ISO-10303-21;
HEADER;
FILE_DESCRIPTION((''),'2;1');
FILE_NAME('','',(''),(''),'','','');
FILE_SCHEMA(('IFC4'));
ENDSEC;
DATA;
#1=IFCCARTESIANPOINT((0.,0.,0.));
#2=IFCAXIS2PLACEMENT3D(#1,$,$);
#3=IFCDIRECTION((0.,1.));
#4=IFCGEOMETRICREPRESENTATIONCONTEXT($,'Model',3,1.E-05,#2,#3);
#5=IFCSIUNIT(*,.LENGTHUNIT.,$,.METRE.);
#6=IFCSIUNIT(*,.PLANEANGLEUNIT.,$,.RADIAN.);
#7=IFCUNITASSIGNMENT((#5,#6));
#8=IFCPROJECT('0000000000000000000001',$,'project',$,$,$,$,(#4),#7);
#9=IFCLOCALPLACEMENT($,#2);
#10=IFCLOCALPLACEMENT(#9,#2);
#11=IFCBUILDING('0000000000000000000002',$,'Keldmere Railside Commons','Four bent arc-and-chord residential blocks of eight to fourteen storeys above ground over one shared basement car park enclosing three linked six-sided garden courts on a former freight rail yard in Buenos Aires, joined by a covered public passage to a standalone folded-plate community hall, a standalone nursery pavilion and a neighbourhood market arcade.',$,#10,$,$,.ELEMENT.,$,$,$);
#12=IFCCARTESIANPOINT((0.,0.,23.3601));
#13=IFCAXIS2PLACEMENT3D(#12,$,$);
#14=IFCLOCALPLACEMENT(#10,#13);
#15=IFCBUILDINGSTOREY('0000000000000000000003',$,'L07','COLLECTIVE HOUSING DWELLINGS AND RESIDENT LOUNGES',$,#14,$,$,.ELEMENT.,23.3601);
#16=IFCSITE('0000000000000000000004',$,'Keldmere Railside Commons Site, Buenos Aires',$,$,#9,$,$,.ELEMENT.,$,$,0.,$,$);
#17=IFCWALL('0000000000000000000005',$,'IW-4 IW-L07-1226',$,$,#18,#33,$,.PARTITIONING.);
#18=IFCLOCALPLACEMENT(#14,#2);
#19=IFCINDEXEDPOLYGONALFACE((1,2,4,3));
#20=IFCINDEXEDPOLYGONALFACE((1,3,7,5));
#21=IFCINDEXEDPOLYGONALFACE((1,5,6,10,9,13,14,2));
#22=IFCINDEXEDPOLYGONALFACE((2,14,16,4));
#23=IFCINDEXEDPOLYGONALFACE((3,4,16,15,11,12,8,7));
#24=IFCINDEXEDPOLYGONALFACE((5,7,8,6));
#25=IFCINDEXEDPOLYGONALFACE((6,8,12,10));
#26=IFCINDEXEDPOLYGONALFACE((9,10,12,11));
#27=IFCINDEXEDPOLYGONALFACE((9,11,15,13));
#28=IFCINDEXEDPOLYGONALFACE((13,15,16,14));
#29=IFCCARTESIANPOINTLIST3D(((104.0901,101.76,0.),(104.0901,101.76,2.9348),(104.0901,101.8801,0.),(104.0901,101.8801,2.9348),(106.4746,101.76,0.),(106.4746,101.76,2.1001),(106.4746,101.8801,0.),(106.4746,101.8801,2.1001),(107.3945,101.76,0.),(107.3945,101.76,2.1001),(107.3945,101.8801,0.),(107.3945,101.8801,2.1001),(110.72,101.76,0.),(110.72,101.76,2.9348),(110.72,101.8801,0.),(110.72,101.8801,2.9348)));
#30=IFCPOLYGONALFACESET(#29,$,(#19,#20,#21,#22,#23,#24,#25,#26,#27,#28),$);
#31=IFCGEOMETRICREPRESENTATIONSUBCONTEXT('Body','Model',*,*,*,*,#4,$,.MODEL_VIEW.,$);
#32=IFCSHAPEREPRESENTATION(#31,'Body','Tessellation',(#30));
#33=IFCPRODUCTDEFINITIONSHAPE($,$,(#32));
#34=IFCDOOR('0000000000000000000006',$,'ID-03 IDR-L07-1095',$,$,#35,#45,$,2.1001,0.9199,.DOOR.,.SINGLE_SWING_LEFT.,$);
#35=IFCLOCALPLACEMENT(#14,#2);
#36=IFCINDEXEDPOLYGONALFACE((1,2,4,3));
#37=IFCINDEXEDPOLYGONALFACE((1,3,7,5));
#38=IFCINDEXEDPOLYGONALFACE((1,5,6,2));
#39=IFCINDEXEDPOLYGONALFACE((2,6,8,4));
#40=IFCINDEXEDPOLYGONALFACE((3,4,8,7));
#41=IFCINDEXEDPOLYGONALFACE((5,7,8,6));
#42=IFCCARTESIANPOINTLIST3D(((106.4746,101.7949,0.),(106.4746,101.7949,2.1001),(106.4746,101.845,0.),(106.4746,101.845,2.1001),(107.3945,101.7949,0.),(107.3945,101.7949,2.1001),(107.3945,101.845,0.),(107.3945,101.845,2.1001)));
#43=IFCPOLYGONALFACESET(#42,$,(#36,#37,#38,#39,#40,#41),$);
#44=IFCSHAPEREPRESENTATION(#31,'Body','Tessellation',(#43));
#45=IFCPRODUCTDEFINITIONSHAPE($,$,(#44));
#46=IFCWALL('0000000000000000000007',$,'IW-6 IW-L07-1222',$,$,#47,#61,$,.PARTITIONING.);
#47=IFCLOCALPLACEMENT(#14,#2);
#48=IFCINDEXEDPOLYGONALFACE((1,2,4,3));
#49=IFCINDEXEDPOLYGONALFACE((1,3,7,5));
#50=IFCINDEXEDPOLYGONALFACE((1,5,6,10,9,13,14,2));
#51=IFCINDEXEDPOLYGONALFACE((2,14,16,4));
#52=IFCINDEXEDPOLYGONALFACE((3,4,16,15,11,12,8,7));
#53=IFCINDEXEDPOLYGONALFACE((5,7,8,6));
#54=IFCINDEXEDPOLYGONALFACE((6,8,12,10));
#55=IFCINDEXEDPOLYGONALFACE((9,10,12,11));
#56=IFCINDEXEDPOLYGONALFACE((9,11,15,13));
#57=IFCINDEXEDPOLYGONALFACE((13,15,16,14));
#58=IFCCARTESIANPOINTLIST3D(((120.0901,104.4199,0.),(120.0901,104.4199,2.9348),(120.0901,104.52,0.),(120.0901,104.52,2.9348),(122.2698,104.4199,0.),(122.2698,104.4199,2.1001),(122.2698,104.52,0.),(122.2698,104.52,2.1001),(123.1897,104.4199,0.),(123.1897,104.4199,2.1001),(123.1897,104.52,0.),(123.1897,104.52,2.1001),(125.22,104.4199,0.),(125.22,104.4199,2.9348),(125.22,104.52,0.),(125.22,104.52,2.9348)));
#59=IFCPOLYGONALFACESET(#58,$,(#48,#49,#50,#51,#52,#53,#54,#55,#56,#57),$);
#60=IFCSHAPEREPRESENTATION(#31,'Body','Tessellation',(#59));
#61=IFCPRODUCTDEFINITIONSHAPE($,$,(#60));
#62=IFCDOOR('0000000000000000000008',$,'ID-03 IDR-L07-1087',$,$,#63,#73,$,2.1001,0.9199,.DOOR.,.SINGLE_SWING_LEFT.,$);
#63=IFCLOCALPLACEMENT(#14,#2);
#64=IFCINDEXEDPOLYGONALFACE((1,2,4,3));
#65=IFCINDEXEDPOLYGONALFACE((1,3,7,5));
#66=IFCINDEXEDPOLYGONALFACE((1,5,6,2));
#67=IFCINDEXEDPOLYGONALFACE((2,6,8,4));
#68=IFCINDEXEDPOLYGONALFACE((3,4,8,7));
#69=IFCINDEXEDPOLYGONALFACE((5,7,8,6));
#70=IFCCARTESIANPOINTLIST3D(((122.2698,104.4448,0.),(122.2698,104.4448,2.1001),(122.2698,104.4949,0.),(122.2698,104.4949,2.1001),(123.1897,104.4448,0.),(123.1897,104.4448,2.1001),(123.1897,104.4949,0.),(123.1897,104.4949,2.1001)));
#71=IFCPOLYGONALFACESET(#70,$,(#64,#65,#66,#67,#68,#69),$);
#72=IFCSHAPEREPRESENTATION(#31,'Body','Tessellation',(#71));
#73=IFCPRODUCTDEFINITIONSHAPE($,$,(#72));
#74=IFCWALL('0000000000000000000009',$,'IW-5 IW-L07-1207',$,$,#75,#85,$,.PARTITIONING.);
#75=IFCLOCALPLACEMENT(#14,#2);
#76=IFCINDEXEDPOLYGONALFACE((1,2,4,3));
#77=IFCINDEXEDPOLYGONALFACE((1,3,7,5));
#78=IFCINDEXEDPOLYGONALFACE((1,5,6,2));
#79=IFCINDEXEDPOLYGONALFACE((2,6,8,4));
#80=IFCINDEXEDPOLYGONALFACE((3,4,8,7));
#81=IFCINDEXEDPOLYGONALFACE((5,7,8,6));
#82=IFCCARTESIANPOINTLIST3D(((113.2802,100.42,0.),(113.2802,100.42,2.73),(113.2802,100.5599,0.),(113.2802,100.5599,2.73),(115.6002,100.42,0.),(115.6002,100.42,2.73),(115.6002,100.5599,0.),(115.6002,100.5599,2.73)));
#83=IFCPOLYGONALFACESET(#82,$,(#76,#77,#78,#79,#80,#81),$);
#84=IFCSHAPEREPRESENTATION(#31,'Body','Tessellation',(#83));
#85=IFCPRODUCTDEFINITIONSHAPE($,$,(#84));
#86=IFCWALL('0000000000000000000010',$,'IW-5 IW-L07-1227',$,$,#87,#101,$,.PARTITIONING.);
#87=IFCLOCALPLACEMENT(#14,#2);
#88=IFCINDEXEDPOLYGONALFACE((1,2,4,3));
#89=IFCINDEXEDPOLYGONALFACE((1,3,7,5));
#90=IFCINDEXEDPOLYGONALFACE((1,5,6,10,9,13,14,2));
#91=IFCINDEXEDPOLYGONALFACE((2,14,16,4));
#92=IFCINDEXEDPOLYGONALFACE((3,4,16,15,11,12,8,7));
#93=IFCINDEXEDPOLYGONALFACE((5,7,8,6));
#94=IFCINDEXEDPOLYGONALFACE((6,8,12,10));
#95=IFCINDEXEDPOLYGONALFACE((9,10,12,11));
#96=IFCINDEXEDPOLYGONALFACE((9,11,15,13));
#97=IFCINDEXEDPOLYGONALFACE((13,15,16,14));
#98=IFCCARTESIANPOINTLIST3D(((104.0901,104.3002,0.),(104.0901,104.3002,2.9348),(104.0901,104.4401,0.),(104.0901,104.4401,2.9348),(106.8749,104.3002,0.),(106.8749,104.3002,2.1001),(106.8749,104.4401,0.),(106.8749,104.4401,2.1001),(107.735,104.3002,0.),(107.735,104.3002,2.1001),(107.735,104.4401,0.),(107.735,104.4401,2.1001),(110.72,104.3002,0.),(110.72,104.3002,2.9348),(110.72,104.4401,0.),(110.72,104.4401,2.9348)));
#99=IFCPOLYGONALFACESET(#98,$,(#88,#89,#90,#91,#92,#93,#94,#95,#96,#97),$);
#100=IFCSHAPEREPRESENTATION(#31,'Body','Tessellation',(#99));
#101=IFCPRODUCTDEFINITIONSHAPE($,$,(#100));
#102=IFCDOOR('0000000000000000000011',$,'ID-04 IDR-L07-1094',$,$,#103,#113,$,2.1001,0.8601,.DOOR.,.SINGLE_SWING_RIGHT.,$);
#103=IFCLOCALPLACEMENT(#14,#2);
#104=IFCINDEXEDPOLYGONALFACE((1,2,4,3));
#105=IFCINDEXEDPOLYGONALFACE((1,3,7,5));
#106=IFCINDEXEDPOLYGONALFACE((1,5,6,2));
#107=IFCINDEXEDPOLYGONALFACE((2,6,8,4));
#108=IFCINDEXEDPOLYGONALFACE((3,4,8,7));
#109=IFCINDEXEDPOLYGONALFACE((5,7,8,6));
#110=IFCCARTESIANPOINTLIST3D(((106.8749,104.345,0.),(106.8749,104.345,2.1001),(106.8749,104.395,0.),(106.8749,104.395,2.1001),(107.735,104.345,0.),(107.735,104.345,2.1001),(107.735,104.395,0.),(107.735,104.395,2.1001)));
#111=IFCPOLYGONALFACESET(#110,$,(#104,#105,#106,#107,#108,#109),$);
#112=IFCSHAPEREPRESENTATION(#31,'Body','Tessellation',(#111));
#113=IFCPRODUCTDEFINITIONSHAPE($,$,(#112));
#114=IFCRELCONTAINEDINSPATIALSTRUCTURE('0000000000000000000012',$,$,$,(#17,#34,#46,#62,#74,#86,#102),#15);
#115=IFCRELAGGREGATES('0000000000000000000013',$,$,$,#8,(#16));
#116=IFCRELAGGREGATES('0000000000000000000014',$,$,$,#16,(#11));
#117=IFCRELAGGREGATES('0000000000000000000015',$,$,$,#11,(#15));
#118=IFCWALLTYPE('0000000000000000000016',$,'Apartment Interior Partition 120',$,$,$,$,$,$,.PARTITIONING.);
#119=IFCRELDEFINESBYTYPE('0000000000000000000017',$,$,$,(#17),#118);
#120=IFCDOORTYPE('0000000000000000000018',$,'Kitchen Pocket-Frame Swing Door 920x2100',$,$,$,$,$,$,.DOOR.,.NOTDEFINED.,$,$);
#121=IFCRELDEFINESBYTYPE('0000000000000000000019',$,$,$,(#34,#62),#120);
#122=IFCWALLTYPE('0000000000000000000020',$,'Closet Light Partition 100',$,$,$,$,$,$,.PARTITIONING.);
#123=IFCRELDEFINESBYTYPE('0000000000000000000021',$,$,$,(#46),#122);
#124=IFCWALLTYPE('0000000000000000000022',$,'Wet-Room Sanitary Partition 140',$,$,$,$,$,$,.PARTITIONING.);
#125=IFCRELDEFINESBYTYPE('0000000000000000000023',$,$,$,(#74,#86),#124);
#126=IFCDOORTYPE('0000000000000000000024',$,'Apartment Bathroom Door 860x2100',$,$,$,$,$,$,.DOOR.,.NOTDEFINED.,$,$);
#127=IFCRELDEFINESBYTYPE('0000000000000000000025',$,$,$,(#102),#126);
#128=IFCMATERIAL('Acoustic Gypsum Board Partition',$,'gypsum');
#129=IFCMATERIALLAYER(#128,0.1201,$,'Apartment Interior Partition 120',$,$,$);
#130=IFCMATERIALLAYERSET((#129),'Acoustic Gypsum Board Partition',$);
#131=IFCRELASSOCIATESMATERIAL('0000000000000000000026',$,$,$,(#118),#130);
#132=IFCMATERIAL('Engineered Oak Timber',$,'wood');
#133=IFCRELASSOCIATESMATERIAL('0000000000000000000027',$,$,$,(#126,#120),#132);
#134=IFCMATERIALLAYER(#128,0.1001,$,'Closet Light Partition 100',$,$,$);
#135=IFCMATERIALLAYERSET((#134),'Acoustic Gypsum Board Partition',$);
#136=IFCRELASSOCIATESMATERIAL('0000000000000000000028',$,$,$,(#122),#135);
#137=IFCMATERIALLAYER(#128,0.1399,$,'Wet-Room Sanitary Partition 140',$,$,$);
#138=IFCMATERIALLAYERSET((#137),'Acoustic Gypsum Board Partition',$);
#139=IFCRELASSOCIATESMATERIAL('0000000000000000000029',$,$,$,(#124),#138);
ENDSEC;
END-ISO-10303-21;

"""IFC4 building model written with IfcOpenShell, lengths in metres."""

from ifc_helpers import new_model, si_unit, direction, frame, frame_2d, origin, place, context, subcontext, project, spatial, rectangle, extrude, material, layer, layer_set, type_object, element, fill, save


model = new_model("IFC4")

# Units and contexts
model_context = context("Model", 3, precision=1e-05, world=origin(), true_north=direction((0.0, 1.0)))
body_context = subcontext(model_context, "Body", "Model", "MODEL_VIEW")
ifc_project = project(units=[si_unit("LENGTHUNIT", "METRE"), si_unit("PLANEANGLEUNIT", "RADIAN")], contexts=[model_context])

# Site, building, storey
site_placement = place(None, origin())
site = spatial("IfcSite", under=ifc_project, at=site_placement, Name="Keldmere Railside Commons Site, Buenos Aires", CompositionType="ELEMENT", RefElevation=0.0)
building_placement = place(site_placement, origin())
building = spatial("IfcBuilding", under=site, at=building_placement, Name="Keldmere Railside Commons", Description="Four bent arc-and-chord residential blocks of eight to fourteen storeys above ground over one shared basement car park enclosing three linked six-sided garden courts on a former freight rail yard in Buenos Aires, joined by a covered public passage to a standalone folded-plate community hall, a standalone nursery pavilion and a neighbourhood market arcade.", CompositionType="ELEMENT")
storey_placement = place(building_placement, frame((0.0, 0.0, 23.3601)))
storey = spatial("IfcBuildingStorey", under=building, at=storey_placement, Name="L07", Description="COLLECTIVE HOUSING DWELLINGS AND RESIDENT LOUNGES", CompositionType="ELEMENT", Elevation=23.3601)

# Shared definitions
ifc_material_1 = material(Name="Acoustic Gypsum Board Partition", Category="gypsum")

# Shared definitions
ifc_layer_1 = layer(ifc_material_1, 0.1201, Name="Apartment Interior Partition 120")
ifc_layer_set_1 = layer_set([ifc_layer_1], Name="Acoustic Gypsum Board Partition")
wall_type_1 = type_object("IfcWallType", Name="Apartment Interior Partition 120", PredefinedType="PARTITIONING", material=ifc_layer_set_1)
ifc_material_2 = material(Name="Engineered Oak Timber", Category="wood")
door_type_1 = type_object("IfcDoorType", Name="Apartment Bathroom Door 860x2100", OperationType="NOTDEFINED", PredefinedType="DOOR", material=ifc_material_2)
door_type_2 = type_object("IfcDoorType", Name="Kitchen Pocket-Frame Swing Door 920x2100", OperationType="NOTDEFINED", PredefinedType="DOOR", material=ifc_material_2)

# Walls, openings, doors
wall_1_placement = place(storey_placement, frame((104.0901, 101.8201, 0.0), z_axis=(0.0, 0.0, 1.0), x_axis=(1.0, 0.0, 0.0)))
wall_1 = element("IfcWall", 1, at=wall_1_placement, inside=storey, type_object=wall_type_1, Name="IW-4 IW-L07-1226", PredefinedType="PARTITIONING", context=body_context, shape_type="SweptSolid", body=[
    extrude(rectangle(XDim=6.6299, YDim=0.1201, at=frame_2d((3.3149, 0.0))), origin(), (0.0, 0.0, 1.0), 2.9348),
])
opening_1_placement = place(wall_1_placement, frame((2.3845, 0.0, 0.0)))
opening_1 = element("IfcOpeningElement", 2, at=opening_1_placement, cuts=wall_1, PredefinedType="OPENING", context=body_context, shape_type="SweptSolid", body=[
    extrude(rectangle(XDim=0.9199, YDim=2.1001, at=frame_2d((0.46, 1.05))), frame((0.0, 0.0701, 0.0), z_axis=(0.0, -1.0, 0.0), x_axis=(1.0, 0.0, 0.0)), (0.0, 0.0, 1.0), 0.1401),
])
door_1_placement = place(opening_1_placement, origin())
door_1 = element("IfcDoor", 3, at=door_1_placement, inside=storey, type_object=door_type_2, Name="ID-03 IDR-L07-1095", OperationType="SINGLE_SWING_LEFT", OverallHeight=2.1001, OverallWidth=0.9199, PredefinedType="DOOR", context=body_context, shape_type="SweptSolid", body=[
    extrude(rectangle(XDim=0.9199, YDim=2.1001, at=frame_2d((0.46, 1.05))), frame((0.0, 0.0249, 0.0), z_axis=(0.0, -1.0, 0.0), x_axis=(1.0, 0.0, 0.0)), (0.0, 0.0, 1.0), 0.05),
])
fill(opening_1, door_1)
ifc_layer_2 = layer(ifc_material_1, 0.1001, Name="Closet Light Partition 100")
ifc_layer_set_2 = layer_set([ifc_layer_2], Name="Acoustic Gypsum Board Partition")
wall_type_2 = type_object("IfcWallType", Name="Closet Light Partition 100", PredefinedType="PARTITIONING", material=ifc_layer_set_2)
wall_2_placement = place(storey_placement, frame((120.0901, 104.47, 0.0), z_axis=(0.0, 0.0, 1.0), x_axis=(1.0, 0.0, 0.0)))
wall_2 = element("IfcWall", 4, at=wall_2_placement, inside=storey, type_object=wall_type_2, Name="IW-6 IW-L07-1222", PredefinedType="PARTITIONING", context=body_context, shape_type="SweptSolid", body=[
    extrude(rectangle(XDim=5.1299, YDim=0.1001, at=frame_2d((2.5649, 0.0))), origin(), (0.0, 0.0, 1.0), 2.9348),
])
opening_2_placement = place(wall_2_placement, frame((2.1797, 0.0, 0.0)))
opening_2 = element("IfcOpeningElement", 5, at=opening_2_placement, cuts=wall_2, PredefinedType="OPENING", context=body_context, shape_type="SweptSolid", body=[
    extrude(rectangle(XDim=0.9199, YDim=2.1001, at=frame_2d((0.46, 1.05))), frame((0.0, 0.0601, 0.0), z_axis=(0.0, -1.0, 0.0), x_axis=(1.0, 0.0, 0.0)), (0.0, 0.0, 1.0), 0.1201),
])
door_2_placement = place(opening_2_placement, origin())
door_2 = element("IfcDoor", 6, at=door_2_placement, inside=storey, type_object=door_type_2, Name="ID-03 IDR-L07-1087", OperationType="SINGLE_SWING_LEFT", OverallHeight=2.1001, OverallWidth=0.9199, PredefinedType="DOOR", context=body_context, shape_type="SweptSolid", body=[
    extrude(rectangle(XDim=0.9199, YDim=2.1001, at=frame_2d((0.46, 1.05))), frame((0.0, 0.0249, 0.0), z_axis=(0.0, -1.0, 0.0), x_axis=(1.0, 0.0, 0.0)), (0.0, 0.0, 1.0), 0.05),
])
fill(opening_2, door_2)

# Wall
ifc_layer_3 = layer(ifc_material_1, 0.1399, Name="Wet-Room Sanitary Partition 140")
ifc_layer_set_3 = layer_set([ifc_layer_3], Name="Acoustic Gypsum Board Partition")
wall_type_3 = type_object("IfcWallType", Name="Wet-Room Sanitary Partition 140", PredefinedType="PARTITIONING", material=ifc_layer_set_3)
wall_3_placement = place(storey_placement, frame((113.28, 100.49, 0.0), z_axis=(0.0, 0.0, 1.0), x_axis=(1.0, 0.0, 0.0)))
element("IfcWall", 7, at=wall_3_placement, inside=storey, type_object=wall_type_3, Name="IW-5 IW-L07-1207", PredefinedType="PARTITIONING", context=body_context, shape_type="SweptSolid", body=[
    extrude(rectangle(XDim=2.3201, YDim=0.1399, at=frame_2d((1.1602, 0.0))), origin(), (0.0, 0.0, 1.0), 2.73),
])

# Wall, opening, door
wall_4_placement = place(storey_placement, frame((104.0901, 104.3701, 0.0), z_axis=(0.0, 0.0, 1.0), x_axis=(1.0, 0.0, 0.0)))
wall_4 = element("IfcWall", 8, at=wall_4_placement, inside=storey, type_object=wall_type_3, Name="IW-5 IW-L07-1227", PredefinedType="PARTITIONING", context=body_context, shape_type="SweptSolid", body=[
    extrude(rectangle(XDim=6.6299, YDim=0.1399, at=frame_2d((3.3149, 0.0))), origin(), (0.0, 0.0, 1.0), 2.9348),
])
opening_3_placement = place(wall_4_placement, frame((2.7847, 0.0, 0.0)))
opening_3 = element("IfcOpeningElement", 9, at=opening_3_placement, cuts=wall_4, PredefinedType="OPENING", context=body_context, shape_type="SweptSolid", body=[
    extrude(rectangle(XDim=0.8601, YDim=2.1001, at=frame_2d((0.4302, 1.05))), frame((0.0, 0.0798, 0.0), z_axis=(0.0, -1.0, 0.0), x_axis=(1.0, 0.0, 0.0)), (0.0, 0.0, 1.0), 0.1599),
])
door_3_placement = place(opening_3_placement, origin())
door_3 = element("IfcDoor", 10, at=door_3_placement, inside=storey, type_object=door_type_1, Name="ID-04 IDR-L07-1094", OperationType="SINGLE_SWING_RIGHT", OverallHeight=2.1001, OverallWidth=0.8601, PredefinedType="DOOR", context=body_context, shape_type="SweptSolid", body=[
    extrude(rectangle(XDim=0.8601, YDim=2.1001, at=frame_2d((0.4302, 1.05))), frame((0.0, 0.0249, 0.0), z_axis=(0.0, -1.0, 0.0), x_axis=(1.0, 0.0, 0.0)), (0.0, 0.0, 1.0), 0.05),
])
fill(opening_3, door_3)

save(model, "model.ifc")
